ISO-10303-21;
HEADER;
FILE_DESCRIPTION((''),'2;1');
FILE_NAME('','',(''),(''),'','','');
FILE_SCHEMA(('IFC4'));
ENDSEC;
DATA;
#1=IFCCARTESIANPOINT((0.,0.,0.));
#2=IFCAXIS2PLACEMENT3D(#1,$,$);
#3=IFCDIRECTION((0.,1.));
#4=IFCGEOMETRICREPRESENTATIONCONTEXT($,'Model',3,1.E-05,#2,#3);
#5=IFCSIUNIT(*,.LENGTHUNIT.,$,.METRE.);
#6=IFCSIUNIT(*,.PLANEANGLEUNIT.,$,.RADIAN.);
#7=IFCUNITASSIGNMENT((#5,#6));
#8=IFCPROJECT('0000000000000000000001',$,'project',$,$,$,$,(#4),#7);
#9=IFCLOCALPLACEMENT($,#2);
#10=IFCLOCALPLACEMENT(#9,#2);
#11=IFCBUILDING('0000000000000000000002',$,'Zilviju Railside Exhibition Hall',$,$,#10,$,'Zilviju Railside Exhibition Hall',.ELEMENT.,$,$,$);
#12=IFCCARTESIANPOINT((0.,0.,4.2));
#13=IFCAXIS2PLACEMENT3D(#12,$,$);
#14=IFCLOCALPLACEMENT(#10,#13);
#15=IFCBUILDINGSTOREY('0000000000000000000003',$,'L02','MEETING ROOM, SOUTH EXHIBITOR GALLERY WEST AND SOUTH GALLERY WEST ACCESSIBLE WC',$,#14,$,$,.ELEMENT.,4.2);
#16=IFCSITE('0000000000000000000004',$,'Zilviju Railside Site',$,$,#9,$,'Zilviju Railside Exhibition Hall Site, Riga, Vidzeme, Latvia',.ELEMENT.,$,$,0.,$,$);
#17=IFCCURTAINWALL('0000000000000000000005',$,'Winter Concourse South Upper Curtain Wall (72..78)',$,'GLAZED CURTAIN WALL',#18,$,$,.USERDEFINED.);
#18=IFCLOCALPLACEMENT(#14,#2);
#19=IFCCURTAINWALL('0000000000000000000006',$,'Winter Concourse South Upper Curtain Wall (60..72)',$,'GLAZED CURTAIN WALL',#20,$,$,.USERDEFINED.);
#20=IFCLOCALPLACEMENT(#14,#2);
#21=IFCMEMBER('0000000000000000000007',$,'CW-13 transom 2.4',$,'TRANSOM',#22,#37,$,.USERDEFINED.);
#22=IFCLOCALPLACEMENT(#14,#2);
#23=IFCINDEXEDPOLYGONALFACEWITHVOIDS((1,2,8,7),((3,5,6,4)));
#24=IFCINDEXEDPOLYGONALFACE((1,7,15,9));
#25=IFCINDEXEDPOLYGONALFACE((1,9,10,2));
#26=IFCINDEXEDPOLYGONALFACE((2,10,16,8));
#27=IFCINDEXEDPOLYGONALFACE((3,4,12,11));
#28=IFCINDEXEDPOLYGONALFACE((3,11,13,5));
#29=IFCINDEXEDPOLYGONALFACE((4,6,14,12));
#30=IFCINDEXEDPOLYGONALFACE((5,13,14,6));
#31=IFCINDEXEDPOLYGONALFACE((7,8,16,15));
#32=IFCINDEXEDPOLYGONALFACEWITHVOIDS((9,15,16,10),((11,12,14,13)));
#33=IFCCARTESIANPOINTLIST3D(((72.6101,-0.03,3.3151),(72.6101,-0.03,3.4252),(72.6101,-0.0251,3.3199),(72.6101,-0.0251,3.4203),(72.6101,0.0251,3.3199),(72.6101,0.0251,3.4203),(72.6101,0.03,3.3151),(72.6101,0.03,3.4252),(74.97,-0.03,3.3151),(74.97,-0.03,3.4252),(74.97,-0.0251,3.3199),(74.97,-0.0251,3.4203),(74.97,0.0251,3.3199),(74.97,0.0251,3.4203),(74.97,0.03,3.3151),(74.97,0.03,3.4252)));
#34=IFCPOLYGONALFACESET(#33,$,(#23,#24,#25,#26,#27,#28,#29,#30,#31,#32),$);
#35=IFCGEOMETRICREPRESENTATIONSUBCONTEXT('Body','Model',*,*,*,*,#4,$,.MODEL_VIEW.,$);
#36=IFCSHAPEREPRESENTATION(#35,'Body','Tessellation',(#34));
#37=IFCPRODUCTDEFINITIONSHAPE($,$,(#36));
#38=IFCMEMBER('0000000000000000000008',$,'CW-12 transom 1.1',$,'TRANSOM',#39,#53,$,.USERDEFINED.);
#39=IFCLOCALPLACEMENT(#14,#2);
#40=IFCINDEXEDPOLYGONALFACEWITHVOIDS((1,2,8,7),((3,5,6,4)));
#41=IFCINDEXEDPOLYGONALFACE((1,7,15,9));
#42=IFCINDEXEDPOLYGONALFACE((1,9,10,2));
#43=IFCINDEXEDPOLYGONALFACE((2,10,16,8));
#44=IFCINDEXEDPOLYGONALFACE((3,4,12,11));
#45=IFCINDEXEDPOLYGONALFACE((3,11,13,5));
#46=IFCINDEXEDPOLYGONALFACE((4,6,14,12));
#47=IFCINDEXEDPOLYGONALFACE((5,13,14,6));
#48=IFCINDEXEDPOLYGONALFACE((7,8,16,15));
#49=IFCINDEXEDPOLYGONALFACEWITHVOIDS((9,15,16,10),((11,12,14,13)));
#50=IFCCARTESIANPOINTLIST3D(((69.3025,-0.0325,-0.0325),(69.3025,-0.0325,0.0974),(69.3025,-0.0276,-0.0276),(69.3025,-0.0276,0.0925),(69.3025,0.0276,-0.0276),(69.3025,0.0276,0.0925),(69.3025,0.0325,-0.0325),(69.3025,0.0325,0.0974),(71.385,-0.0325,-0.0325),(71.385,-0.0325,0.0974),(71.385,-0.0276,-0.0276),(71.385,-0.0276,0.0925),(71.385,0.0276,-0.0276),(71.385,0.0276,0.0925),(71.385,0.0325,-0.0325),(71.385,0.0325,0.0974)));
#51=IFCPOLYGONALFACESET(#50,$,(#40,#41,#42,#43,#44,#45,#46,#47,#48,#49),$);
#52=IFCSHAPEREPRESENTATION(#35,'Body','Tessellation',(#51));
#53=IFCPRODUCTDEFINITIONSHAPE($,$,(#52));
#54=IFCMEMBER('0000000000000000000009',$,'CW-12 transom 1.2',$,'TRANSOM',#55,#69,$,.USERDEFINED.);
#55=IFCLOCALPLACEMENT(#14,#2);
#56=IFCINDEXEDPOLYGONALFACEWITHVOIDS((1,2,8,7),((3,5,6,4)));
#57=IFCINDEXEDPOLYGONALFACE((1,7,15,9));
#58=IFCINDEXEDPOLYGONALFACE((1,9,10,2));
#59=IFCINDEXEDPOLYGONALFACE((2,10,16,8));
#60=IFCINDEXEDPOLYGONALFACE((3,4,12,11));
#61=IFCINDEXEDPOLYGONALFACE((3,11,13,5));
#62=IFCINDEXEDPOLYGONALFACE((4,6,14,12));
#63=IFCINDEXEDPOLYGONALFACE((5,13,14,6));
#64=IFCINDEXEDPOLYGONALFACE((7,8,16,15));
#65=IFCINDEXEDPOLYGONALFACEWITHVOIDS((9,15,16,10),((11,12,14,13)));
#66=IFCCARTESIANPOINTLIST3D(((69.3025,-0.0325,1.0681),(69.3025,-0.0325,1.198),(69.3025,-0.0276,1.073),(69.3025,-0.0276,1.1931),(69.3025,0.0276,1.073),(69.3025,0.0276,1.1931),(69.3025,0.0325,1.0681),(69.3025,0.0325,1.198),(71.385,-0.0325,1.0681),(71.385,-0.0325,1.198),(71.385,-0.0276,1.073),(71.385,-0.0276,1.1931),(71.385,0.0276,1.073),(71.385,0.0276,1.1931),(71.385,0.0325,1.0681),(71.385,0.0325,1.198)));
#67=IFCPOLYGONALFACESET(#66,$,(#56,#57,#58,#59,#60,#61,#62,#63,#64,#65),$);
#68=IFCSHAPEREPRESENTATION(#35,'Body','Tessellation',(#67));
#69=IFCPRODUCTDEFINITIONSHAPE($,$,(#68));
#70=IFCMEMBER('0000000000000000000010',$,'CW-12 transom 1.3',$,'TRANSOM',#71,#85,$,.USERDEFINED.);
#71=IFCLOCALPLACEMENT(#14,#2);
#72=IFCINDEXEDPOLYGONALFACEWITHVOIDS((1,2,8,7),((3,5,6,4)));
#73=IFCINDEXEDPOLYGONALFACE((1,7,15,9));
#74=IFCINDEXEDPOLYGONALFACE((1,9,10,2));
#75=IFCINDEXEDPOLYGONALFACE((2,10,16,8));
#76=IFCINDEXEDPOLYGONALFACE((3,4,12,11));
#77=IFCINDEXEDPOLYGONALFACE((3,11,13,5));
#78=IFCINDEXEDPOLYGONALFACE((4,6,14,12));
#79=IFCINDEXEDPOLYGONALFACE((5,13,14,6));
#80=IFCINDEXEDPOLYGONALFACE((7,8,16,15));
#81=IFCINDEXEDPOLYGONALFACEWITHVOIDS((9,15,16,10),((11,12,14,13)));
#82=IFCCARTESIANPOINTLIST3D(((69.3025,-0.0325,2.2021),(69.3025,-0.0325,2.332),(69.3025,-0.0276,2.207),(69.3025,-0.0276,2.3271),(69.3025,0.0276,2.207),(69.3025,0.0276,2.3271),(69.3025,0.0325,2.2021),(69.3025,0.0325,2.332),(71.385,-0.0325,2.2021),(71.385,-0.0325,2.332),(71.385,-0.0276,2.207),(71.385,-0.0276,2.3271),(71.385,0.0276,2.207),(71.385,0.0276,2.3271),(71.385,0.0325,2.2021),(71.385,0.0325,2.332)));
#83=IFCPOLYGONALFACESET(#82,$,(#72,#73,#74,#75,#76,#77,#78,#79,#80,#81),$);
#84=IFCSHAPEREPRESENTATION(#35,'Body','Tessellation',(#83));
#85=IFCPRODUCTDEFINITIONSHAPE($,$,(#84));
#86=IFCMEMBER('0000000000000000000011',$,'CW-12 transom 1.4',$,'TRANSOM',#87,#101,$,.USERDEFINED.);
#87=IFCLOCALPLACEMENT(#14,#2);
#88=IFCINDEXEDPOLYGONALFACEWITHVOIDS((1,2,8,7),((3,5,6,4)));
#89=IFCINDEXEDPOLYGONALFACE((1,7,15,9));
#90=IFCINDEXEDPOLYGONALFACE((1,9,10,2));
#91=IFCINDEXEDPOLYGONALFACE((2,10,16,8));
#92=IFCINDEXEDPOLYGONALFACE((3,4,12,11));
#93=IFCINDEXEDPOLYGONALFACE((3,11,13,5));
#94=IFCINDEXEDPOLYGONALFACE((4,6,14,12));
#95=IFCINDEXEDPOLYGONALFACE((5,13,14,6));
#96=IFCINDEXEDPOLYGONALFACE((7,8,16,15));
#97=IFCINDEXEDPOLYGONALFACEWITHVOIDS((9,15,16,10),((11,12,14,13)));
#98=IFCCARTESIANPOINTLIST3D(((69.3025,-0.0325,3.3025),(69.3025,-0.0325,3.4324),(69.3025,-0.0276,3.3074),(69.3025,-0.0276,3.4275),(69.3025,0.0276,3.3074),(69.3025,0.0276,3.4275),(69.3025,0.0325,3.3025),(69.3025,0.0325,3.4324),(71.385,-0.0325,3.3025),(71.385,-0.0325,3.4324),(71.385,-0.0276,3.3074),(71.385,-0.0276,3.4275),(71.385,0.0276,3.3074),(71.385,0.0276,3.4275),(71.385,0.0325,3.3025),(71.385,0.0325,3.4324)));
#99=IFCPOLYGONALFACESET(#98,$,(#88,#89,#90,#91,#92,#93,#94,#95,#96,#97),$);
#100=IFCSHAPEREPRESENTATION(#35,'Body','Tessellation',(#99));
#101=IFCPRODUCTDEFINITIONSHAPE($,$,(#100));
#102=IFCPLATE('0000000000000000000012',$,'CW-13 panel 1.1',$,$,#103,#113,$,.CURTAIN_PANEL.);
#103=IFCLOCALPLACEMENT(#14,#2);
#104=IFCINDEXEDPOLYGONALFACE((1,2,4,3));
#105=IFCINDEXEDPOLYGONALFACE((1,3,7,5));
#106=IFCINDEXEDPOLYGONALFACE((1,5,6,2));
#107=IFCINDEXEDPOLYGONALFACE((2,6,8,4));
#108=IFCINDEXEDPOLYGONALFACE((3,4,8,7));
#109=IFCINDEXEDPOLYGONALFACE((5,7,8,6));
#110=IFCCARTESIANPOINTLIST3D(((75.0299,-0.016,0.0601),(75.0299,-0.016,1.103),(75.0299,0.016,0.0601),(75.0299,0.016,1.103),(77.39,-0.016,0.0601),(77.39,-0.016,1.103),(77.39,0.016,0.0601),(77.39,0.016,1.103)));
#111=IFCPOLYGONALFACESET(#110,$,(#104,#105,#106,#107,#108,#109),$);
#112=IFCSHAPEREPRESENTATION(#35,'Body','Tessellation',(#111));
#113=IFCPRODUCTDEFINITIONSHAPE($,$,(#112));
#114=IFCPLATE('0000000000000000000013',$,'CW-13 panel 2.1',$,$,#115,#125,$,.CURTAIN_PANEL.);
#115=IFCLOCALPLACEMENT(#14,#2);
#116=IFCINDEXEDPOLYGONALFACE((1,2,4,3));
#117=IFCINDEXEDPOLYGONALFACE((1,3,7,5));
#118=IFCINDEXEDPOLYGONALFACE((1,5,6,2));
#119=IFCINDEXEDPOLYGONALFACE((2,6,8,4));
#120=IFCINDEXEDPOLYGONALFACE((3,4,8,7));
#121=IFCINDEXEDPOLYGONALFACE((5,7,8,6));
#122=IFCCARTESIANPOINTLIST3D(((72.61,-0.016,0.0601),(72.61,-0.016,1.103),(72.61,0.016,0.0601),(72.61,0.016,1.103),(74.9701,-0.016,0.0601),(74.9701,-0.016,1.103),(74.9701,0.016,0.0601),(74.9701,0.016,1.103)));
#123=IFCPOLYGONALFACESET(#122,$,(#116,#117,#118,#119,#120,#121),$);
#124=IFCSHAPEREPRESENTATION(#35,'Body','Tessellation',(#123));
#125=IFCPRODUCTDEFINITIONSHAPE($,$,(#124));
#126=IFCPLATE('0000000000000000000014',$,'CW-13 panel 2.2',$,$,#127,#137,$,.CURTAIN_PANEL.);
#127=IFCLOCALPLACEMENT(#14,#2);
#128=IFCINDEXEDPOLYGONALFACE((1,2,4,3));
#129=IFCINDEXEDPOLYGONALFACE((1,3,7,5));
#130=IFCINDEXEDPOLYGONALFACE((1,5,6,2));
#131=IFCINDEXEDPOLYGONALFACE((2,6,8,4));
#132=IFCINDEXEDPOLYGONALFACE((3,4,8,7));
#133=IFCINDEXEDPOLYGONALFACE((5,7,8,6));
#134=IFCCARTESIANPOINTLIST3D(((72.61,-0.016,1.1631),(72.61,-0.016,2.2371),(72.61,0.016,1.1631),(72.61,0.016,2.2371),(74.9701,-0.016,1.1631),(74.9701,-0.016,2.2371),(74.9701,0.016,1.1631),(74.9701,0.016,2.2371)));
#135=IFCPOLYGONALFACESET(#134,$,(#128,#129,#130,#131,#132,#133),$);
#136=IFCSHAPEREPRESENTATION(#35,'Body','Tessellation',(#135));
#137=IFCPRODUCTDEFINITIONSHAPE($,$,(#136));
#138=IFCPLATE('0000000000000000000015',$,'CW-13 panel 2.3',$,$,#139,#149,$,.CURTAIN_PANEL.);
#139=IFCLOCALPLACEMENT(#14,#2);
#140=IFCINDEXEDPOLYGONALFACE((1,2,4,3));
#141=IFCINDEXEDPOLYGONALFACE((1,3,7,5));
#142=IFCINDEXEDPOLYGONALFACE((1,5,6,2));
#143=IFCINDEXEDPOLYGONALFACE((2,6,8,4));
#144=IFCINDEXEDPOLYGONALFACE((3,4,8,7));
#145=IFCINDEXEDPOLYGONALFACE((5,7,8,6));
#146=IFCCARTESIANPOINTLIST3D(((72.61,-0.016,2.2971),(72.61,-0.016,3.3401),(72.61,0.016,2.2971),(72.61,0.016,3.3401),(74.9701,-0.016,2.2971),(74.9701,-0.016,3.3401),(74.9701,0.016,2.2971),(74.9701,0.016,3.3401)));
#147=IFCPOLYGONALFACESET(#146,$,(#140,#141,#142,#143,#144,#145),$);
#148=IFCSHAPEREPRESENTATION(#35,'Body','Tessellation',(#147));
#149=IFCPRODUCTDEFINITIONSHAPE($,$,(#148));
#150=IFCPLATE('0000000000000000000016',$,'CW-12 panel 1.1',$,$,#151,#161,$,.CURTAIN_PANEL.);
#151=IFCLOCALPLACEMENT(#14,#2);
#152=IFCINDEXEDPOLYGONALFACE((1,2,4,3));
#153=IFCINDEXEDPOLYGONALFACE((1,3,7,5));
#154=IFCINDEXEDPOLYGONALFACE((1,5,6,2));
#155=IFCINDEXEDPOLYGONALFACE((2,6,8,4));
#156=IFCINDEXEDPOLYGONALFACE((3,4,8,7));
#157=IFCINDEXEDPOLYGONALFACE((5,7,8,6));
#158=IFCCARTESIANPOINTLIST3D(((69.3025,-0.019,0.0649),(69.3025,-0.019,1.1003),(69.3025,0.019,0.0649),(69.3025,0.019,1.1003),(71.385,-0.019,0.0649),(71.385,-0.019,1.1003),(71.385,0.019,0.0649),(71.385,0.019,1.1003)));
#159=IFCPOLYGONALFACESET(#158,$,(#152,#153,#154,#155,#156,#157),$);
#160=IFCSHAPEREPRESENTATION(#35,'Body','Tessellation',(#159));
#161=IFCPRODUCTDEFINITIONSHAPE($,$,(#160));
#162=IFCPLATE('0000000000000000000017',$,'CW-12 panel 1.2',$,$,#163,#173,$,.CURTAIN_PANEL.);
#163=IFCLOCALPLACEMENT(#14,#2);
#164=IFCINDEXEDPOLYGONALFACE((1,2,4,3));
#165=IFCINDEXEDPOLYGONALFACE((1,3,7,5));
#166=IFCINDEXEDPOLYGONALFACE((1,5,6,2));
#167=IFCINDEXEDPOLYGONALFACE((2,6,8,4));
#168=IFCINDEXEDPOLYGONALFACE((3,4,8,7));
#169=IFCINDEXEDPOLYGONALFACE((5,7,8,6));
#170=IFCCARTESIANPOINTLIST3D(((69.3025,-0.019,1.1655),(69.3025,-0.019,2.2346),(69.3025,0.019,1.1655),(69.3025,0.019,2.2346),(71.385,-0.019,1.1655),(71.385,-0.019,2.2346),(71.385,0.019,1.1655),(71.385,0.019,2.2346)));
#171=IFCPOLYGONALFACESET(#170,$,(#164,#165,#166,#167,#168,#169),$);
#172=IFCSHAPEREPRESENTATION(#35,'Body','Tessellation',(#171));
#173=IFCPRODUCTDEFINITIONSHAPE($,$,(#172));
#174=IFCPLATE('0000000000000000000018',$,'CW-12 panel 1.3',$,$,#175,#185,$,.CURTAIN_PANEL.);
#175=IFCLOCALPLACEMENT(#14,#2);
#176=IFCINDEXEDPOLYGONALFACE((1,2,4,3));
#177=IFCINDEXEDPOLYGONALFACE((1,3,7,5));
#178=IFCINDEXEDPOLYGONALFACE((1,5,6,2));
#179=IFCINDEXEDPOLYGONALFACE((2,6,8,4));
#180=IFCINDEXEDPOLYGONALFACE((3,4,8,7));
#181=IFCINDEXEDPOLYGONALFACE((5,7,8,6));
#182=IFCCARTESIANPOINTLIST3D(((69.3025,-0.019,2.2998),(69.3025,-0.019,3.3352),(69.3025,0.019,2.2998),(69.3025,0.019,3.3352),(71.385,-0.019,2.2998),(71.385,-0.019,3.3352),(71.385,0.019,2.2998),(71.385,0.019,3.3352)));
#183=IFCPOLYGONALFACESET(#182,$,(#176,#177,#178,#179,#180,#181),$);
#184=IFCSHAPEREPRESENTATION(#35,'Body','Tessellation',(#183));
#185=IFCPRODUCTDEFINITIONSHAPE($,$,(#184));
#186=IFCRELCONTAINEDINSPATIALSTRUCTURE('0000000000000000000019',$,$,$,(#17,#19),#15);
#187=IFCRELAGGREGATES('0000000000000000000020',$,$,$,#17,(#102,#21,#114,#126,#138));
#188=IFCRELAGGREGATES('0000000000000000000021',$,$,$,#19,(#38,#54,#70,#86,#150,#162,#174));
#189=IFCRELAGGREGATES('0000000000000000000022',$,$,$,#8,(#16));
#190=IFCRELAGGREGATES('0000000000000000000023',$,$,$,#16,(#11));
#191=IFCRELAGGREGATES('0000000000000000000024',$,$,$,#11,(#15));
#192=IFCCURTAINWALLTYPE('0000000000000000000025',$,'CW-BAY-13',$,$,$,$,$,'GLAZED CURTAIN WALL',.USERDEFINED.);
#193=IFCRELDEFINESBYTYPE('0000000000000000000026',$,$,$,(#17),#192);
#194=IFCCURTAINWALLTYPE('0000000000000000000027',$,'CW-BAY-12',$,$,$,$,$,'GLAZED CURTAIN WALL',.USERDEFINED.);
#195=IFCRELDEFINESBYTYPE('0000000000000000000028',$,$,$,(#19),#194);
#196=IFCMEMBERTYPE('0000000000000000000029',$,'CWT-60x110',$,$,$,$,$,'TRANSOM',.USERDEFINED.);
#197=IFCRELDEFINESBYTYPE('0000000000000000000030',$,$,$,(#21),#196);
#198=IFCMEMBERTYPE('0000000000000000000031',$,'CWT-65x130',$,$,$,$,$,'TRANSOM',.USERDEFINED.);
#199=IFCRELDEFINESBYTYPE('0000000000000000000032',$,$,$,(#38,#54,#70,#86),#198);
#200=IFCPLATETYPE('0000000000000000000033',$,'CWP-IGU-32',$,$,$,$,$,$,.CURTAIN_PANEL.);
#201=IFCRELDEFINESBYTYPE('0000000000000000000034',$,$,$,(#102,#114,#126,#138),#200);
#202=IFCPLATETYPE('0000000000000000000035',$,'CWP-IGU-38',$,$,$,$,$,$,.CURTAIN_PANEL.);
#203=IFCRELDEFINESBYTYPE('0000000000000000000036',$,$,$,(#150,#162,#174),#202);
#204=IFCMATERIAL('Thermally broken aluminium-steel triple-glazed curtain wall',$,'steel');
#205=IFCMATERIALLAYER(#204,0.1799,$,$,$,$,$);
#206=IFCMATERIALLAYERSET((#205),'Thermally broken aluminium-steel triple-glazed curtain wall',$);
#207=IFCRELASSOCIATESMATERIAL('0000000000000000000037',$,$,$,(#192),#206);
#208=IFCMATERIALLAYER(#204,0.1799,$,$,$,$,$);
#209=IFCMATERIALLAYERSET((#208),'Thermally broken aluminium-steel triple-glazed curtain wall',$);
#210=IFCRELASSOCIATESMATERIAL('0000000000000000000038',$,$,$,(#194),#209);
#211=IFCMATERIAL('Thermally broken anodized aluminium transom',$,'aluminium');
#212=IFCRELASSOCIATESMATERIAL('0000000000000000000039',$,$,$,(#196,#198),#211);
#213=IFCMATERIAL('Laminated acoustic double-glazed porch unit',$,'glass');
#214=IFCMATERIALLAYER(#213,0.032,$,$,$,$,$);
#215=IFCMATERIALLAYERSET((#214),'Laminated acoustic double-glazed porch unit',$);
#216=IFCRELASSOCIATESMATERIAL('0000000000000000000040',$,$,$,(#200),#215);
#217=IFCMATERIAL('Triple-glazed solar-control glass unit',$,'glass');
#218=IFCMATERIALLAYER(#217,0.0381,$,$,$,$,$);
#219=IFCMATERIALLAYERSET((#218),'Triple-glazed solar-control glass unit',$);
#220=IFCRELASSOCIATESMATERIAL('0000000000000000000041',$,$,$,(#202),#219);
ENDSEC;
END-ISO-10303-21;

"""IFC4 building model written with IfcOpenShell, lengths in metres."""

from ifc_helpers import new_model, si_unit, direction, frame, origin, origin_2d, place, context, subcontext, project, spatial, rectangle, hollow_rectangle, extrude, material, layer, layer_set, material_profile, profile_set, type_object, element, aggregate, save


model = new_model("IFC4")

# Units and contexts
model_context = context("Model", 3, precision=1e-05, world=origin(), true_north=direction((0.0, 1.0)))
body_context = subcontext(model_context, "Body", "Model", "MODEL_VIEW")
ifc_project = project(units=[si_unit("LENGTHUNIT", "METRE"), si_unit("PLANEANGLEUNIT", "RADIAN")], contexts=[model_context])

# Site, building, storey
site_placement = place(None, origin())
site = spatial("IfcSite", under=ifc_project, at=site_placement, Name="Zilviju Railside Site", LongName="Zilviju Railside Exhibition Hall Site, Riga, Vidzeme, Latvia", CompositionType="ELEMENT", RefElevation=0.0)
building_placement = place(site_placement, origin())
building = spatial("IfcBuilding", under=site, at=building_placement, Name="Zilviju Railside Exhibition Hall", LongName="Zilviju Railside Exhibition Hall", CompositionType="ELEMENT")
storey_placement = place(building_placement, frame((0.0, 0.0, 4.2)))
storey = spatial("IfcBuildingStorey", under=building, at=storey_placement, Name="L02", Description="MEETING ROOM, SOUTH EXHIBITOR GALLERY WEST AND SOUTH GALLERY WEST ACCESSIBLE WC", CompositionType="ELEMENT", Elevation=4.2)

# Curtain wall
ifc_material_1 = material(Name="Thermally broken aluminium-steel triple-glazed curtain wall", Category="steel")
ifc_layer_1 = layer(ifc_material_1, 0.1799)
ifc_layer_set_1 = layer_set([ifc_layer_1], Name="Thermally broken aluminium-steel triple-glazed curtain wall")
curtain_wall_type_1 = type_object("IfcCurtainWallType", Name="CW-BAY-13", ElementType="GLAZED CURTAIN WALL", PredefinedType="USERDEFINED", material=ifc_layer_set_1)
curtain_wall_1_placement = place(storey_placement, origin())
curtain_wall_1 = element("IfcCurtainWall", 1, at=curtain_wall_1_placement, inside=storey, type_object=curtain_wall_type_1, Name="Winter Concourse South Upper Curtain Wall (72..78)", ObjectType="GLAZED CURTAIN WALL", PredefinedType="USERDEFINED")

# Curtain wall
ifc_layer_2 = layer(ifc_material_1, 0.1799)
ifc_layer_set_2 = layer_set([ifc_layer_2], Name="Thermally broken aluminium-steel triple-glazed curtain wall")
curtain_wall_type_2 = type_object("IfcCurtainWallType", Name="CW-BAY-12", ElementType="GLAZED CURTAIN WALL", PredefinedType="USERDEFINED", material=ifc_layer_set_2)
curtain_wall_2_placement = place(storey_placement, origin())
curtain_wall_2 = element("IfcCurtainWall", 2, at=curtain_wall_2_placement, inside=storey, type_object=curtain_wall_type_2, Name="Winter Concourse South Upper Curtain Wall (60..72)", ObjectType="GLAZED CURTAIN WALL", PredefinedType="USERDEFINED")

# Members
ifc_material_2 = material(Name="Thermally broken anodized aluminium transom", Category="aluminium")
ifc_material_profile_1 = material_profile(ifc_material_2, hollow_rectangle(XDim=0.0601, YDim=0.1101, WallThickness=0.0049, at=origin_2d()), Name="TRANSOM 110x60x5")
ifc_profile_set_1 = profile_set([ifc_material_profile_1], Name="Thermally broken anodized aluminium transom")
member_type_1 = type_object("IfcMemberType", Name="CWT-60x110", ElementType="TRANSOM", PredefinedType="USERDEFINED", material=ifc_profile_set_1)
member_1_placement = place(storey_placement, frame((74.97, 0.0, 3.3701), z_axis=(-1.0, 0.0, 0.0), x_axis=(0.0, -1.0, 0.0)))
member_1 = element("IfcMember", 3, at=member_1_placement, type_object=member_type_1, Name="CW-13 transom 2.4", ObjectType="TRANSOM", PredefinedType="USERDEFINED", context=body_context, shape_type="SweptSolid", body=[
    extrude(hollow_rectangle(XDim=0.0601, YDim=0.1101, WallThickness=0.0049, at=origin_2d()), origin(), (0.0, 0.0, 1.0), 2.3599),
])
ifc_material_profile_2 = material_profile(ifc_material_2, hollow_rectangle(XDim=0.0649, YDim=0.1299, WallThickness=0.0049, at=origin_2d()), Name="TRANSOM 130x65x5")
ifc_profile_set_2 = profile_set([ifc_material_profile_2], Name="Thermally broken anodized aluminium transom")
member_type_2 = type_object("IfcMemberType", Name="CWT-65x130", ElementType="TRANSOM", PredefinedType="USERDEFINED", material=ifc_profile_set_2)
member_2_placement = place(storey_placement, frame((71.385, 0.0, 0.0325), z_axis=(-1.0, 0.0, 0.0), x_axis=(0.0, -1.0, 0.0)))
member_2 = element("IfcMember", 4, at=member_2_placement, type_object=member_type_2, Name="CW-12 transom 1.1", ObjectType="TRANSOM", PredefinedType="USERDEFINED", context=body_context, shape_type="SweptSolid", body=[
    extrude(hollow_rectangle(XDim=0.0649, YDim=0.1299, WallThickness=0.0049, at=origin_2d()), origin(), (0.0, 0.0, 1.0), 2.0825),
])
member_3_placement = place(storey_placement, frame((71.385, 0.0, 1.1331), z_axis=(-1.0, 0.0, 0.0), x_axis=(0.0, -1.0, 0.0)))
member_3 = element("IfcMember", 5, at=member_3_placement, type_object=member_type_2, Name="CW-12 transom 1.2", ObjectType="TRANSOM", PredefinedType="USERDEFINED", context=body_context, shape_type="SweptSolid", body=[
    extrude(hollow_rectangle(XDim=0.0649, YDim=0.1299, WallThickness=0.0049, at=origin_2d()), origin(), (0.0, 0.0, 1.0), 2.0825),
])
member_4_placement = place(storey_placement, frame((71.385, 0.0, 2.2671), z_axis=(-1.0, 0.0, 0.0), x_axis=(0.0, -1.0, 0.0)))
member_4 = element("IfcMember", 6, at=member_4_placement, type_object=member_type_2, Name="CW-12 transom 1.3", ObjectType="TRANSOM", PredefinedType="USERDEFINED", context=body_context, shape_type="SweptSolid", body=[
    extrude(hollow_rectangle(XDim=0.0649, YDim=0.1299, WallThickness=0.0049, at=origin_2d()), origin(), (0.0, 0.0, 1.0), 2.0825),
])
member_5_placement = place(storey_placement, frame((71.385, 0.0, 3.3674), z_axis=(-1.0, 0.0, 0.0), x_axis=(0.0, -1.0, 0.0)))
member_5 = element("IfcMember", 7, at=member_5_placement, type_object=member_type_2, Name="CW-12 transom 1.4", ObjectType="TRANSOM", PredefinedType="USERDEFINED", context=body_context, shape_type="SweptSolid", body=[
    extrude(hollow_rectangle(XDim=0.0649, YDim=0.1299, WallThickness=0.0049, at=origin_2d()), origin(), (0.0, 0.0, 1.0), 2.0825),
])

# Plates
ifc_material_3 = material(Name="Laminated acoustic double-glazed porch unit", Category="glass")
ifc_layer_3 = layer(ifc_material_3, 0.032)
ifc_layer_set_3 = layer_set([ifc_layer_3], Name="Laminated acoustic double-glazed porch unit")
plate_type_1 = type_object("IfcPlateType", Name="CWP-IGU-32", PredefinedType="CURTAIN_PANEL", material=ifc_layer_set_3)
plate_1_placement = place(storey_placement, frame((76.21, 0.0, 0.0601), z_axis=(0.0, 0.0, 1.0), x_axis=(-1.0, 0.0, 0.0)))
plate_1 = element("IfcPlate", 8, at=plate_1_placement, type_object=plate_type_1, Name="CW-13 panel 1.1", PredefinedType="CURTAIN_PANEL", context=body_context, shape_type="SweptSolid", body=[
    extrude(rectangle(XDim=2.3601, YDim=0.032, at=origin_2d()), origin(), (0.0, 0.0, 1.0), 1.043),
])
plate_2_placement = place(storey_placement, frame((73.79, 0.0, 0.0601), z_axis=(0.0, 0.0, 1.0), x_axis=(-1.0, 0.0, 0.0)))
plate_2 = element("IfcPlate", 9, at=plate_2_placement, type_object=plate_type_1, Name="CW-13 panel 2.1", PredefinedType="CURTAIN_PANEL", context=body_context, shape_type="SweptSolid", body=[
    extrude(rectangle(XDim=2.3601, YDim=0.032, at=origin_2d()), origin(), (0.0, 0.0, 1.0), 1.043),
])
plate_3_placement = place(storey_placement, frame((73.79, 0.0, 1.1631), z_axis=(0.0, 0.0, 1.0), x_axis=(-1.0, 0.0, 0.0)))
plate_3 = element("IfcPlate", 10, at=plate_3_placement, type_object=plate_type_1, Name="CW-13 panel 2.2", PredefinedType="CURTAIN_PANEL", context=body_context, shape_type="SweptSolid", body=[
    extrude(rectangle(XDim=2.3601, YDim=0.032, at=origin_2d()), origin(), (0.0, 0.0, 1.0), 1.074),
])
plate_4_placement = place(storey_placement, frame((73.79, 0.0, 2.2971), z_axis=(0.0, 0.0, 1.0), x_axis=(-1.0, 0.0, 0.0)))
plate_4 = element("IfcPlate", 11, at=plate_4_placement, type_object=plate_type_1, Name="CW-13 panel 2.3", PredefinedType="CURTAIN_PANEL", context=body_context, shape_type="SweptSolid", body=[
    extrude(rectangle(XDim=2.3601, YDim=0.032, at=origin_2d()), origin(), (0.0, 0.0, 1.0), 1.043),
])
aggregate(curtain_wall_1, [plate_1, member_1, plate_2, plate_3, plate_4])
ifc_material_4 = material(Name="Triple-glazed solar-control glass unit", Category="glass")
ifc_layer_4 = layer(ifc_material_4, 0.0381)
ifc_layer_set_4 = layer_set([ifc_layer_4], Name="Triple-glazed solar-control glass unit")
plate_type_2 = type_object("IfcPlateType", Name="CWP-IGU-38", PredefinedType="CURTAIN_PANEL", material=ifc_layer_set_4)
plate_5_placement = place(storey_placement, frame((70.3438, 0.0, 0.0649), z_axis=(0.0, 0.0, 1.0), x_axis=(-1.0, 0.0, 0.0)))
plate_5 = element("IfcPlate", 12, at=plate_5_placement, type_object=plate_type_2, Name="CW-12 panel 1.1", PredefinedType="CURTAIN_PANEL", context=body_context, shape_type="SweptSolid", body=[
    extrude(rectangle(XDim=2.0825, YDim=0.0381, at=origin_2d()), origin(), (0.0, 0.0, 1.0), 1.0354),
])
plate_6_placement = place(storey_placement, frame((70.3438, 0.0, 1.1655), z_axis=(0.0, 0.0, 1.0), x_axis=(-1.0, 0.0, 0.0)))
plate_6 = element("IfcPlate", 13, at=plate_6_placement, type_object=plate_type_2, Name="CW-12 panel 1.2", PredefinedType="CURTAIN_PANEL", context=body_context, shape_type="SweptSolid", body=[
    extrude(rectangle(XDim=2.0825, YDim=0.0381, at=origin_2d()), origin(), (0.0, 0.0, 1.0), 1.0691),
])
plate_7_placement = place(storey_placement, frame((70.3438, 0.0, 2.2998), z_axis=(0.0, 0.0, 1.0), x_axis=(-1.0, 0.0, 0.0)))
plate_7 = element("IfcPlate", 14, at=plate_7_placement, type_object=plate_type_2, Name="CW-12 panel 1.3", PredefinedType="CURTAIN_PANEL", context=body_context, shape_type="SweptSolid", body=[
    extrude(rectangle(XDim=2.0825, YDim=0.0381, at=origin_2d()), origin(), (0.0, 0.0, 1.0), 1.0354),
])
aggregate(curtain_wall_2, [member_2, member_3, member_4, member_5, plate_5, plate_6, plate_7])

save(model, "model.ifc")
